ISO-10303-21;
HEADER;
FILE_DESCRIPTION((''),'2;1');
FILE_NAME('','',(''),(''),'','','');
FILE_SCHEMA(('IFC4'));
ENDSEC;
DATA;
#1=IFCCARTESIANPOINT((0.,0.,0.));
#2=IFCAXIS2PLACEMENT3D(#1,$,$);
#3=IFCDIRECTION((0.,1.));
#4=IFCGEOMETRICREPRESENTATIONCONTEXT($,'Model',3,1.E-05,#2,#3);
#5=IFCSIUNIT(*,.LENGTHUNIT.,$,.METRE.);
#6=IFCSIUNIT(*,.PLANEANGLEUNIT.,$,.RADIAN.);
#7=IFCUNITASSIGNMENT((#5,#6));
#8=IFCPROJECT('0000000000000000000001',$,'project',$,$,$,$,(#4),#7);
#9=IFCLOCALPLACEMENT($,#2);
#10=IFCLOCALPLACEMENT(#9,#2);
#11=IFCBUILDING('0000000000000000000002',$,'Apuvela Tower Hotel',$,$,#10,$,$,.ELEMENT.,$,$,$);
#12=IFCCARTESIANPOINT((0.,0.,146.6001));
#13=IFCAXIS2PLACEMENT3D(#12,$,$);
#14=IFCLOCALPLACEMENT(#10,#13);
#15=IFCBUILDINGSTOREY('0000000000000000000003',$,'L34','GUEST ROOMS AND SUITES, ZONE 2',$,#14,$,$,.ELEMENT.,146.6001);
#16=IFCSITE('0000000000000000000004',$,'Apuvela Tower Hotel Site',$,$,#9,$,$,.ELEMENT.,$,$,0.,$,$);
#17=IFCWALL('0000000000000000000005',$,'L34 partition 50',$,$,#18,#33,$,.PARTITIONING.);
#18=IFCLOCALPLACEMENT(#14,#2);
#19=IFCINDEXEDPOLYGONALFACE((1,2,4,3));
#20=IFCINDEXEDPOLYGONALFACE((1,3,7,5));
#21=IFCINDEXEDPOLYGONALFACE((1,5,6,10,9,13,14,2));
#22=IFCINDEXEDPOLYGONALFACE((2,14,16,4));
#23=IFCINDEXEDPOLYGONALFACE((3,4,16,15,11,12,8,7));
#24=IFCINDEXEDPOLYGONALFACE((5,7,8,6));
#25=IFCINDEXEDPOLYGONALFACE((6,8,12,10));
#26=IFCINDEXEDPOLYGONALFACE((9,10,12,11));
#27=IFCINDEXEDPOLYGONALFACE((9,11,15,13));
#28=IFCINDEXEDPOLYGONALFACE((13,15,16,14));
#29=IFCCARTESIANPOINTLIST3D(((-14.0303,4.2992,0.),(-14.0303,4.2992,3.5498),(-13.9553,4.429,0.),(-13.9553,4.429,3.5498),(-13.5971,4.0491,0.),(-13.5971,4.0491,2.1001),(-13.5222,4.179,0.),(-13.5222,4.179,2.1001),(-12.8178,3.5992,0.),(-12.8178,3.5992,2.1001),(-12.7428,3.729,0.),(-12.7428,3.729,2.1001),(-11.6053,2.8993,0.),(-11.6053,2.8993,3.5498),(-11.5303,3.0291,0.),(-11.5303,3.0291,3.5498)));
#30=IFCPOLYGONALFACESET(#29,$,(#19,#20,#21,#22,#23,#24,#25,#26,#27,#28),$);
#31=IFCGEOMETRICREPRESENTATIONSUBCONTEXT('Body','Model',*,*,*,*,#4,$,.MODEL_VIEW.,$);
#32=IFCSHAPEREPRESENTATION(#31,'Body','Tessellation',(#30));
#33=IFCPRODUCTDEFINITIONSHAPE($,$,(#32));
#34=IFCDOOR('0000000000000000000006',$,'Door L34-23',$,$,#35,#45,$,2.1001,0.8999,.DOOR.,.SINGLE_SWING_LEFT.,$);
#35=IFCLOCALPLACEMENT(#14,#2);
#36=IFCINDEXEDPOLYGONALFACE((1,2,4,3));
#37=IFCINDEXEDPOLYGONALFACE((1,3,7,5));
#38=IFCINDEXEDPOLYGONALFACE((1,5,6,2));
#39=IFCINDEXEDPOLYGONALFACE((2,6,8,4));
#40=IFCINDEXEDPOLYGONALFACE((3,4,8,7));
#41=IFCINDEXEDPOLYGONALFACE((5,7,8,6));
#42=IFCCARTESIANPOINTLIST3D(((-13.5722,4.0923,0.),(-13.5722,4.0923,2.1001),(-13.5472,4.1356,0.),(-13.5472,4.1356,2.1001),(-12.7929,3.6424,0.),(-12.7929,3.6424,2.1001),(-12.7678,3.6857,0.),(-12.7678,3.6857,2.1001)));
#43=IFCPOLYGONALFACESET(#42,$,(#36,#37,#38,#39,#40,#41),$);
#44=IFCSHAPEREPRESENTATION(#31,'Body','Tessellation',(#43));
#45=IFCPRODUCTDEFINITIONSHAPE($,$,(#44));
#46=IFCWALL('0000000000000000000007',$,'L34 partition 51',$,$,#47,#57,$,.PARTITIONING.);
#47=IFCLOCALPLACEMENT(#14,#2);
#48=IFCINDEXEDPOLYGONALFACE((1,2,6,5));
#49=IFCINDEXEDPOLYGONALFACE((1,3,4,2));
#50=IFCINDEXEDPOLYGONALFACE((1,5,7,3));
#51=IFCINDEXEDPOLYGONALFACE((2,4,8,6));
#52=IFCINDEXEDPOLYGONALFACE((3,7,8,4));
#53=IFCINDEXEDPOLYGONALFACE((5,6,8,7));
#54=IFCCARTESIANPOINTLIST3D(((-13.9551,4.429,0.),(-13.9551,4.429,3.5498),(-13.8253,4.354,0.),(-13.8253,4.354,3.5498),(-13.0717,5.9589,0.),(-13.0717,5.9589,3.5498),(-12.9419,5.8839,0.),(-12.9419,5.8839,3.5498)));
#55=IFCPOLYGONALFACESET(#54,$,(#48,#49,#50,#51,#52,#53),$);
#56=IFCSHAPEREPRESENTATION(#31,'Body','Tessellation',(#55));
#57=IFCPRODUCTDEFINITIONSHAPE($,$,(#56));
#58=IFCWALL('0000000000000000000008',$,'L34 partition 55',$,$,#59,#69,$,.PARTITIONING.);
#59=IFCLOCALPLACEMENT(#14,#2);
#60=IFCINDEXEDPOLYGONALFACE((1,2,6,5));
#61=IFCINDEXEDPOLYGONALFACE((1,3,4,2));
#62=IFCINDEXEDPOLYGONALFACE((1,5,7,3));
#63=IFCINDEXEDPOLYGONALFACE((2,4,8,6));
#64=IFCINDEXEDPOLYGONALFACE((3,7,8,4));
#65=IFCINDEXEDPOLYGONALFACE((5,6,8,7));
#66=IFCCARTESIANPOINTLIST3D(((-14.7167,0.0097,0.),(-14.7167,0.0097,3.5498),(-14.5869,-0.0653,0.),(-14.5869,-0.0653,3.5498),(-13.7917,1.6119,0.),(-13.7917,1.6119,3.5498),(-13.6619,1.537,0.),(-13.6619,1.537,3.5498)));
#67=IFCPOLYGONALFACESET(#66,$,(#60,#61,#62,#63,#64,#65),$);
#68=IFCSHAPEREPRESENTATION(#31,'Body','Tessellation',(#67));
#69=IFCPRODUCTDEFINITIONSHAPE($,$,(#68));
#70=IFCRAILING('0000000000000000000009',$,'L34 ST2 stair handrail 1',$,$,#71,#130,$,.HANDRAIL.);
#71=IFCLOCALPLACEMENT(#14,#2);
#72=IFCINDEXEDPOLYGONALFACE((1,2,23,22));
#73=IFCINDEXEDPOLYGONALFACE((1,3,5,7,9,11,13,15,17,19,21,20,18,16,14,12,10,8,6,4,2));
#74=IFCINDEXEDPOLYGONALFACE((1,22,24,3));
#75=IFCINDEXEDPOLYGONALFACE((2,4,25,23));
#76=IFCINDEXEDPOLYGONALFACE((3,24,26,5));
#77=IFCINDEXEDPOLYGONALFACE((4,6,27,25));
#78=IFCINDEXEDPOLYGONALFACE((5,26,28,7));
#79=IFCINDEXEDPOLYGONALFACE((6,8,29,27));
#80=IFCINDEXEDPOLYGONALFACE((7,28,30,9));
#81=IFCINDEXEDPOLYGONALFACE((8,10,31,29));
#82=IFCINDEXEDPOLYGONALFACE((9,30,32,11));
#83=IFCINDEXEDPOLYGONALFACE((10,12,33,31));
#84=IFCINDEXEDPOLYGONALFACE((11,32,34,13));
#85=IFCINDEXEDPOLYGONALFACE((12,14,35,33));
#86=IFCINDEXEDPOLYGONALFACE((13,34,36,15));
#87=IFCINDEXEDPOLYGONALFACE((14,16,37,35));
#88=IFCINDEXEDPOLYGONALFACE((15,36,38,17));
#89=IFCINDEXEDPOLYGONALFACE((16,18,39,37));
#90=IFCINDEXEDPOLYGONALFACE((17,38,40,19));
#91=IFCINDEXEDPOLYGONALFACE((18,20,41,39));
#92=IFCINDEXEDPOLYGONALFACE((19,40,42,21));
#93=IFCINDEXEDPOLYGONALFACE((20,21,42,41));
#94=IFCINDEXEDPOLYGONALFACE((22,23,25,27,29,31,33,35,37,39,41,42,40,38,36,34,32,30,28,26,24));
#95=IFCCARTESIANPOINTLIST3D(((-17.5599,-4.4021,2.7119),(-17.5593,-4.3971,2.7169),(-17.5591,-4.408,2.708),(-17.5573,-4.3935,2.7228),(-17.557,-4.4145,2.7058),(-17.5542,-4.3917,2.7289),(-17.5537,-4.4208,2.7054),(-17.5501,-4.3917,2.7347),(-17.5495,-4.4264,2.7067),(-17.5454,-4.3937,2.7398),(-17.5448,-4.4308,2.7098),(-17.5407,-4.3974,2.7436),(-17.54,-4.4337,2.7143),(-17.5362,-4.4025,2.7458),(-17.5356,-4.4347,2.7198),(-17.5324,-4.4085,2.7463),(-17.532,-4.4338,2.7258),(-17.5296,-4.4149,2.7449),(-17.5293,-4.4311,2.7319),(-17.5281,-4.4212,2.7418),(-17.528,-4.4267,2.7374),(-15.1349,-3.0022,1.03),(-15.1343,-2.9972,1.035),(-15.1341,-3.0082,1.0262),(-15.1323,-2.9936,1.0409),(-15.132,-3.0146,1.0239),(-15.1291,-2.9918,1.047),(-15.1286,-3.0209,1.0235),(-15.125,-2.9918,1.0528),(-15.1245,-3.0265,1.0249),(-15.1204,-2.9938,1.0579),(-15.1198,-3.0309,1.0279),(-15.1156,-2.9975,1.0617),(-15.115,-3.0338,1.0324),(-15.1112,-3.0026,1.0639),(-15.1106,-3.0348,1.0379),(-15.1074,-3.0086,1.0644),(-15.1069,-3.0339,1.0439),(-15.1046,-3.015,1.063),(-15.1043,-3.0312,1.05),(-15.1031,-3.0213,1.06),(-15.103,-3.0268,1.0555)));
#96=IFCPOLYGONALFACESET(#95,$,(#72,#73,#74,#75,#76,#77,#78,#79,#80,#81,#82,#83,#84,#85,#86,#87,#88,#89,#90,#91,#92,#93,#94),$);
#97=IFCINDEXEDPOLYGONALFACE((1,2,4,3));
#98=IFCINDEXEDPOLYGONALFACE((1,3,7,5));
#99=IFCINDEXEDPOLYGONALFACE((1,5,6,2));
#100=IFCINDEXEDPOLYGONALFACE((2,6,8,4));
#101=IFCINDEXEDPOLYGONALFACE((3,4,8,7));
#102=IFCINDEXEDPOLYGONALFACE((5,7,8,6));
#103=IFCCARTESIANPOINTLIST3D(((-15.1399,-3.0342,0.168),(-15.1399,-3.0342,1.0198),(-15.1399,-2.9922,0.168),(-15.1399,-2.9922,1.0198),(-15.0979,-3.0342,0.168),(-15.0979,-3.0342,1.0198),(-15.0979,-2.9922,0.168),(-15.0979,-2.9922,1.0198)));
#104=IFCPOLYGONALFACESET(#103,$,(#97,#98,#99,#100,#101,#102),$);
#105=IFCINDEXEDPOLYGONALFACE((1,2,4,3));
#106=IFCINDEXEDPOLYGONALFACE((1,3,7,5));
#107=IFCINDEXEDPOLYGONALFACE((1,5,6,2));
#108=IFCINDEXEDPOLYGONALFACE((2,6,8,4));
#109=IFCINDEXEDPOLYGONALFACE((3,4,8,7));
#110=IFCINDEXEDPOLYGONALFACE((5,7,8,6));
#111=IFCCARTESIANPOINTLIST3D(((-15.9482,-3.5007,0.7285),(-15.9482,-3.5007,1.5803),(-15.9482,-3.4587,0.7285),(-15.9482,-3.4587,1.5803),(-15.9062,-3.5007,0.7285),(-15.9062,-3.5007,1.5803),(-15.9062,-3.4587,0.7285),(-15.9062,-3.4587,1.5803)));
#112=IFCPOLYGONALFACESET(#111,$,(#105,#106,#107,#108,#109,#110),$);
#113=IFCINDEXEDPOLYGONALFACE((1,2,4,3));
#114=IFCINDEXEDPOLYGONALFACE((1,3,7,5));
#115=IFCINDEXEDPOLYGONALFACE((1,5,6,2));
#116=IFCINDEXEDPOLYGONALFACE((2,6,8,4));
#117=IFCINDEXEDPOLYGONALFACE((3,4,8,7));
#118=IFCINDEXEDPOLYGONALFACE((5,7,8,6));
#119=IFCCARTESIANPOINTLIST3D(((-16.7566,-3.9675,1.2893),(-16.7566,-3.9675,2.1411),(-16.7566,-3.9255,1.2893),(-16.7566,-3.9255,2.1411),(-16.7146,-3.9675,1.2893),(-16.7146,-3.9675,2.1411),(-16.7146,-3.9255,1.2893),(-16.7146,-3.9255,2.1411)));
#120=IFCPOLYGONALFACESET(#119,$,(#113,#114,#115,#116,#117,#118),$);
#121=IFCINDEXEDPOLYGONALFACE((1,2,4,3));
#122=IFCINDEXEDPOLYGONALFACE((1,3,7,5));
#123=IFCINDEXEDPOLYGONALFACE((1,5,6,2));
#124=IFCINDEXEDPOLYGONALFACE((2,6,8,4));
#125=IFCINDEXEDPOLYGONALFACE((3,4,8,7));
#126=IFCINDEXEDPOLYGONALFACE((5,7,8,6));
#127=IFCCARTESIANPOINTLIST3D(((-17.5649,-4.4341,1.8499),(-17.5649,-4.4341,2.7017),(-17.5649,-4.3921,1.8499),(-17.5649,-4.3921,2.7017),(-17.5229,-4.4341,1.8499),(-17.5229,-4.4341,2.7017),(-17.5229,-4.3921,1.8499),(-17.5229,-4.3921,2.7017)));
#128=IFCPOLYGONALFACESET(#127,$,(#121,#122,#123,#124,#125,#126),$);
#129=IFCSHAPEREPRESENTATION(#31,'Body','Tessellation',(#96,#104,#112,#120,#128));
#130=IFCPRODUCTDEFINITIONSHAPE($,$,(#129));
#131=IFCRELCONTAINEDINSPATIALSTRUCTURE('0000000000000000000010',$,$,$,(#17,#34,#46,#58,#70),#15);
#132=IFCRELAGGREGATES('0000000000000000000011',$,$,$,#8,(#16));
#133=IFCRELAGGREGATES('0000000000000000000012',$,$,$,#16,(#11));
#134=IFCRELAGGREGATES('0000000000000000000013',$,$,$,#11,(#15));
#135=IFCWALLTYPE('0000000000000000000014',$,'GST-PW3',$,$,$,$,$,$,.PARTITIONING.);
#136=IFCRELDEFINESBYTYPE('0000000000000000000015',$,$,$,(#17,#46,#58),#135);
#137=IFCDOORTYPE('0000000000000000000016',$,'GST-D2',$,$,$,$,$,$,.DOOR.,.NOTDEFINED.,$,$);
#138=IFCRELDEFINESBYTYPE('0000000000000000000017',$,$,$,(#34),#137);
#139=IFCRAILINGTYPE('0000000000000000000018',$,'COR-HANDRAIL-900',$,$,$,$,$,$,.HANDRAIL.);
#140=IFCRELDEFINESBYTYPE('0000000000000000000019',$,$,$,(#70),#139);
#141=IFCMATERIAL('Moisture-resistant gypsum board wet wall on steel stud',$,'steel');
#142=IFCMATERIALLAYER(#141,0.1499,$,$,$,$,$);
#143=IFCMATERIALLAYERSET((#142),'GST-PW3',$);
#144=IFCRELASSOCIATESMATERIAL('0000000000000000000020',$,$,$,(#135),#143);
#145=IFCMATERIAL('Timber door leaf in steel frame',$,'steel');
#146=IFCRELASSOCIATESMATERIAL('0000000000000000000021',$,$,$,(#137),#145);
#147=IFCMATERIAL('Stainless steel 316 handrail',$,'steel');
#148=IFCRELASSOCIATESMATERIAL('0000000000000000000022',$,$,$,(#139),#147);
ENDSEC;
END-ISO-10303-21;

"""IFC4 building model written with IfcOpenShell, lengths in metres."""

from ifc_helpers import new_model, si_unit, direction, frame, frame_2d, origin, origin_2d, place, context, subcontext, project, spatial, rectangle, circle, extrude, material, layer, layer_set, type_object, element, fill, save


model = new_model("IFC4")

# Units and contexts
model_context = context("Model", 3, precision=1e-05, world=origin(), true_north=direction((0.0, 1.0)))
body_context = subcontext(model_context, "Body", "Model", "MODEL_VIEW")
ifc_project = project(units=[si_unit("LENGTHUNIT", "METRE"), si_unit("PLANEANGLEUNIT", "RADIAN")], contexts=[model_context])

# Site, building, storey
site_placement = place(None, origin())
site = spatial("IfcSite", under=ifc_project, at=site_placement, Name="Apuvela Tower Hotel Site", CompositionType="ELEMENT", RefElevation=0.0)
building_placement = place(site_placement, origin())
building = spatial("IfcBuilding", under=site, at=building_placement, Name="Apuvela Tower Hotel", CompositionType="ELEMENT")
storey_placement = place(building_placement, frame((0.0, 0.0, 146.6001)))
storey = spatial("IfcBuildingStorey", under=building, at=storey_placement, Name="L34", Description="GUEST ROOMS AND SUITES, ZONE 2", CompositionType="ELEMENT", Elevation=146.6001)

# Shared definitions
ifc_material_1 = material(Name="Timber door leaf in steel frame", Category="steel")
ifc_material_2 = material(Name="Moisture-resistant gypsum board wet wall on steel stud", Category="steel")
ifc_layer_1 = layer(ifc_material_2, 0.1499)
ifc_layer_set_1 = layer_set([ifc_layer_1], Name="GST-PW3")
wall_type_1 = type_object("IfcWallType", Name="GST-PW3", PredefinedType="PARTITIONING", material=ifc_layer_set_1)

# Wall, opening, door
wall_1_placement = place(storey_placement, frame((-13.9927, 4.364, 0.0), z_axis=(0.0, 0.0, 1.0), x_axis=(0.866056, -0.499946, 0.0)))
wall_1 = element("IfcWall", 1, at=wall_1_placement, inside=storey, type_object=wall_type_1, Name="L34 partition 50", PredefinedType="PARTITIONING", context=body_context, shape_type="SweptSolid", body=[
    extrude(rectangle(XDim=2.8, YDim=0.1499, at=frame_2d((1.3999, 0.0))), origin(), (0.0, 0.0, 1.0), 3.5498),
])
opening_1_placement = place(wall_1_placement, frame((0.5, 0.0, 0.0)))
opening_1 = element("IfcOpeningElement", 2, at=opening_1_placement, cuts=wall_1, PredefinedType="OPENING", context=body_context, shape_type="SweptSolid", body=[
    extrude(rectangle(XDim=0.8999, YDim=2.1001, at=frame_2d((0.45, 1.05))), frame((0.0, 0.085, 0.0), z_axis=(0.0, -1.0, 0.0), x_axis=(1.0, 0.0, 0.0)), (0.0, 0.0, 1.0), 0.1699),
])
door_type_1 = type_object("IfcDoorType", Name="GST-D2", OperationType="NOTDEFINED", PredefinedType="DOOR", material=ifc_material_1)
door_1_placement = place(opening_1_placement, origin())
door_1 = element("IfcDoor", 3, at=door_1_placement, inside=storey, type_object=door_type_1, Name="Door L34-23", OperationType="SINGLE_SWING_LEFT", OverallHeight=2.1001, OverallWidth=0.8999, PredefinedType="DOOR", context=body_context, shape_type="SweptSolid", body=[
    extrude(rectangle(XDim=0.8999, YDim=2.1001, at=frame_2d((0.45, 1.05))), frame((0.0, 0.0249, 0.0), z_axis=(0.0, -1.0, 0.0), x_axis=(1.0, 0.0, 0.0)), (0.0, 0.0, 1.0), 0.05),
])
fill(opening_1, door_1)

# Walls
wall_2_placement = place(storey_placement, frame((-13.0068, 5.9214, 0.0), z_axis=(0.0, 0.0, 1.0), x_axis=(-0.500034, -0.866006, 0.0)))
element("IfcWall", 4, at=wall_2_placement, inside=storey, type_object=wall_type_1, Name="L34 partition 51", PredefinedType="PARTITIONING", context=body_context, shape_type="SweptSolid", body=[
    extrude(rectangle(XDim=1.7666, YDim=0.1499, at=frame_2d((0.8833, 0.0))), origin(), (0.0, 0.0, 1.0), 3.5498),
])
wall_3_placement = place(storey_placement, frame((-13.7268, 1.5745, 0.0), z_axis=(0.0, 0.0, 1.0), x_axis=(-0.499985, -0.866034, 0.0)))
element("IfcWall", 5, at=wall_3_placement, inside=storey, type_object=wall_type_1, Name="L34 partition 55", PredefinedType="PARTITIONING", context=body_context, shape_type="SweptSolid", body=[
    extrude(rectangle(XDim=1.8501, YDim=0.1499, at=frame_2d((0.925, 0.0))), origin(), (0.0, 0.0, 1.0), 3.5498),
])

# Railing
ifc_material_3 = material(Name="Stainless steel 316 handrail", Category="steel")
railing_type_1 = type_object("IfcRailingType", Name="COR-HANDRAIL-900", PredefinedType="HANDRAIL", material=ifc_material_3)
railing_1_placement = place(storey_placement, frame((-15.1189, -3.0132, 0.168)))
element("IfcRailing", 6, at=railing_1_placement, inside=storey, type_object=railing_type_1, Name="L34 ST2 stair handrail 1", PredefinedType="HANDRAIL", context=body_context, shape_type="SweptSolid", body=[
    extrude(circle(Radius=0.0239, at=origin_2d()), frame((0.0, 0.0, 0.876), z_axis=(-0.742424, -0.428577, 0.514906), x_axis=(0.499946, -0.866056, 0.0)), (0.0, 0.0, 1.0), 3.2664),
    extrude(rectangle(XDim=0.042, YDim=0.042, at=origin_2d()), origin(), (0.0, 0.0, 1.0), 0.8518),
    extrude(rectangle(XDim=0.042, YDim=0.042, at=origin_2d()), frame((-0.8083, -0.4666, 0.5605)), (0.0, 0.0, 1.0), 0.8518),
    extrude(rectangle(XDim=0.042, YDim=0.042, at=origin_2d()), frame((-1.6167, -0.9333, 1.1213)), (0.0, 0.0, 1.0), 0.8518),
    extrude(rectangle(XDim=0.042, YDim=0.042, at=origin_2d()), frame((-2.425, -1.3999, 1.6819)), (0.0, 0.0, 1.0), 0.8518),
])

save(model, "model.ifc")
